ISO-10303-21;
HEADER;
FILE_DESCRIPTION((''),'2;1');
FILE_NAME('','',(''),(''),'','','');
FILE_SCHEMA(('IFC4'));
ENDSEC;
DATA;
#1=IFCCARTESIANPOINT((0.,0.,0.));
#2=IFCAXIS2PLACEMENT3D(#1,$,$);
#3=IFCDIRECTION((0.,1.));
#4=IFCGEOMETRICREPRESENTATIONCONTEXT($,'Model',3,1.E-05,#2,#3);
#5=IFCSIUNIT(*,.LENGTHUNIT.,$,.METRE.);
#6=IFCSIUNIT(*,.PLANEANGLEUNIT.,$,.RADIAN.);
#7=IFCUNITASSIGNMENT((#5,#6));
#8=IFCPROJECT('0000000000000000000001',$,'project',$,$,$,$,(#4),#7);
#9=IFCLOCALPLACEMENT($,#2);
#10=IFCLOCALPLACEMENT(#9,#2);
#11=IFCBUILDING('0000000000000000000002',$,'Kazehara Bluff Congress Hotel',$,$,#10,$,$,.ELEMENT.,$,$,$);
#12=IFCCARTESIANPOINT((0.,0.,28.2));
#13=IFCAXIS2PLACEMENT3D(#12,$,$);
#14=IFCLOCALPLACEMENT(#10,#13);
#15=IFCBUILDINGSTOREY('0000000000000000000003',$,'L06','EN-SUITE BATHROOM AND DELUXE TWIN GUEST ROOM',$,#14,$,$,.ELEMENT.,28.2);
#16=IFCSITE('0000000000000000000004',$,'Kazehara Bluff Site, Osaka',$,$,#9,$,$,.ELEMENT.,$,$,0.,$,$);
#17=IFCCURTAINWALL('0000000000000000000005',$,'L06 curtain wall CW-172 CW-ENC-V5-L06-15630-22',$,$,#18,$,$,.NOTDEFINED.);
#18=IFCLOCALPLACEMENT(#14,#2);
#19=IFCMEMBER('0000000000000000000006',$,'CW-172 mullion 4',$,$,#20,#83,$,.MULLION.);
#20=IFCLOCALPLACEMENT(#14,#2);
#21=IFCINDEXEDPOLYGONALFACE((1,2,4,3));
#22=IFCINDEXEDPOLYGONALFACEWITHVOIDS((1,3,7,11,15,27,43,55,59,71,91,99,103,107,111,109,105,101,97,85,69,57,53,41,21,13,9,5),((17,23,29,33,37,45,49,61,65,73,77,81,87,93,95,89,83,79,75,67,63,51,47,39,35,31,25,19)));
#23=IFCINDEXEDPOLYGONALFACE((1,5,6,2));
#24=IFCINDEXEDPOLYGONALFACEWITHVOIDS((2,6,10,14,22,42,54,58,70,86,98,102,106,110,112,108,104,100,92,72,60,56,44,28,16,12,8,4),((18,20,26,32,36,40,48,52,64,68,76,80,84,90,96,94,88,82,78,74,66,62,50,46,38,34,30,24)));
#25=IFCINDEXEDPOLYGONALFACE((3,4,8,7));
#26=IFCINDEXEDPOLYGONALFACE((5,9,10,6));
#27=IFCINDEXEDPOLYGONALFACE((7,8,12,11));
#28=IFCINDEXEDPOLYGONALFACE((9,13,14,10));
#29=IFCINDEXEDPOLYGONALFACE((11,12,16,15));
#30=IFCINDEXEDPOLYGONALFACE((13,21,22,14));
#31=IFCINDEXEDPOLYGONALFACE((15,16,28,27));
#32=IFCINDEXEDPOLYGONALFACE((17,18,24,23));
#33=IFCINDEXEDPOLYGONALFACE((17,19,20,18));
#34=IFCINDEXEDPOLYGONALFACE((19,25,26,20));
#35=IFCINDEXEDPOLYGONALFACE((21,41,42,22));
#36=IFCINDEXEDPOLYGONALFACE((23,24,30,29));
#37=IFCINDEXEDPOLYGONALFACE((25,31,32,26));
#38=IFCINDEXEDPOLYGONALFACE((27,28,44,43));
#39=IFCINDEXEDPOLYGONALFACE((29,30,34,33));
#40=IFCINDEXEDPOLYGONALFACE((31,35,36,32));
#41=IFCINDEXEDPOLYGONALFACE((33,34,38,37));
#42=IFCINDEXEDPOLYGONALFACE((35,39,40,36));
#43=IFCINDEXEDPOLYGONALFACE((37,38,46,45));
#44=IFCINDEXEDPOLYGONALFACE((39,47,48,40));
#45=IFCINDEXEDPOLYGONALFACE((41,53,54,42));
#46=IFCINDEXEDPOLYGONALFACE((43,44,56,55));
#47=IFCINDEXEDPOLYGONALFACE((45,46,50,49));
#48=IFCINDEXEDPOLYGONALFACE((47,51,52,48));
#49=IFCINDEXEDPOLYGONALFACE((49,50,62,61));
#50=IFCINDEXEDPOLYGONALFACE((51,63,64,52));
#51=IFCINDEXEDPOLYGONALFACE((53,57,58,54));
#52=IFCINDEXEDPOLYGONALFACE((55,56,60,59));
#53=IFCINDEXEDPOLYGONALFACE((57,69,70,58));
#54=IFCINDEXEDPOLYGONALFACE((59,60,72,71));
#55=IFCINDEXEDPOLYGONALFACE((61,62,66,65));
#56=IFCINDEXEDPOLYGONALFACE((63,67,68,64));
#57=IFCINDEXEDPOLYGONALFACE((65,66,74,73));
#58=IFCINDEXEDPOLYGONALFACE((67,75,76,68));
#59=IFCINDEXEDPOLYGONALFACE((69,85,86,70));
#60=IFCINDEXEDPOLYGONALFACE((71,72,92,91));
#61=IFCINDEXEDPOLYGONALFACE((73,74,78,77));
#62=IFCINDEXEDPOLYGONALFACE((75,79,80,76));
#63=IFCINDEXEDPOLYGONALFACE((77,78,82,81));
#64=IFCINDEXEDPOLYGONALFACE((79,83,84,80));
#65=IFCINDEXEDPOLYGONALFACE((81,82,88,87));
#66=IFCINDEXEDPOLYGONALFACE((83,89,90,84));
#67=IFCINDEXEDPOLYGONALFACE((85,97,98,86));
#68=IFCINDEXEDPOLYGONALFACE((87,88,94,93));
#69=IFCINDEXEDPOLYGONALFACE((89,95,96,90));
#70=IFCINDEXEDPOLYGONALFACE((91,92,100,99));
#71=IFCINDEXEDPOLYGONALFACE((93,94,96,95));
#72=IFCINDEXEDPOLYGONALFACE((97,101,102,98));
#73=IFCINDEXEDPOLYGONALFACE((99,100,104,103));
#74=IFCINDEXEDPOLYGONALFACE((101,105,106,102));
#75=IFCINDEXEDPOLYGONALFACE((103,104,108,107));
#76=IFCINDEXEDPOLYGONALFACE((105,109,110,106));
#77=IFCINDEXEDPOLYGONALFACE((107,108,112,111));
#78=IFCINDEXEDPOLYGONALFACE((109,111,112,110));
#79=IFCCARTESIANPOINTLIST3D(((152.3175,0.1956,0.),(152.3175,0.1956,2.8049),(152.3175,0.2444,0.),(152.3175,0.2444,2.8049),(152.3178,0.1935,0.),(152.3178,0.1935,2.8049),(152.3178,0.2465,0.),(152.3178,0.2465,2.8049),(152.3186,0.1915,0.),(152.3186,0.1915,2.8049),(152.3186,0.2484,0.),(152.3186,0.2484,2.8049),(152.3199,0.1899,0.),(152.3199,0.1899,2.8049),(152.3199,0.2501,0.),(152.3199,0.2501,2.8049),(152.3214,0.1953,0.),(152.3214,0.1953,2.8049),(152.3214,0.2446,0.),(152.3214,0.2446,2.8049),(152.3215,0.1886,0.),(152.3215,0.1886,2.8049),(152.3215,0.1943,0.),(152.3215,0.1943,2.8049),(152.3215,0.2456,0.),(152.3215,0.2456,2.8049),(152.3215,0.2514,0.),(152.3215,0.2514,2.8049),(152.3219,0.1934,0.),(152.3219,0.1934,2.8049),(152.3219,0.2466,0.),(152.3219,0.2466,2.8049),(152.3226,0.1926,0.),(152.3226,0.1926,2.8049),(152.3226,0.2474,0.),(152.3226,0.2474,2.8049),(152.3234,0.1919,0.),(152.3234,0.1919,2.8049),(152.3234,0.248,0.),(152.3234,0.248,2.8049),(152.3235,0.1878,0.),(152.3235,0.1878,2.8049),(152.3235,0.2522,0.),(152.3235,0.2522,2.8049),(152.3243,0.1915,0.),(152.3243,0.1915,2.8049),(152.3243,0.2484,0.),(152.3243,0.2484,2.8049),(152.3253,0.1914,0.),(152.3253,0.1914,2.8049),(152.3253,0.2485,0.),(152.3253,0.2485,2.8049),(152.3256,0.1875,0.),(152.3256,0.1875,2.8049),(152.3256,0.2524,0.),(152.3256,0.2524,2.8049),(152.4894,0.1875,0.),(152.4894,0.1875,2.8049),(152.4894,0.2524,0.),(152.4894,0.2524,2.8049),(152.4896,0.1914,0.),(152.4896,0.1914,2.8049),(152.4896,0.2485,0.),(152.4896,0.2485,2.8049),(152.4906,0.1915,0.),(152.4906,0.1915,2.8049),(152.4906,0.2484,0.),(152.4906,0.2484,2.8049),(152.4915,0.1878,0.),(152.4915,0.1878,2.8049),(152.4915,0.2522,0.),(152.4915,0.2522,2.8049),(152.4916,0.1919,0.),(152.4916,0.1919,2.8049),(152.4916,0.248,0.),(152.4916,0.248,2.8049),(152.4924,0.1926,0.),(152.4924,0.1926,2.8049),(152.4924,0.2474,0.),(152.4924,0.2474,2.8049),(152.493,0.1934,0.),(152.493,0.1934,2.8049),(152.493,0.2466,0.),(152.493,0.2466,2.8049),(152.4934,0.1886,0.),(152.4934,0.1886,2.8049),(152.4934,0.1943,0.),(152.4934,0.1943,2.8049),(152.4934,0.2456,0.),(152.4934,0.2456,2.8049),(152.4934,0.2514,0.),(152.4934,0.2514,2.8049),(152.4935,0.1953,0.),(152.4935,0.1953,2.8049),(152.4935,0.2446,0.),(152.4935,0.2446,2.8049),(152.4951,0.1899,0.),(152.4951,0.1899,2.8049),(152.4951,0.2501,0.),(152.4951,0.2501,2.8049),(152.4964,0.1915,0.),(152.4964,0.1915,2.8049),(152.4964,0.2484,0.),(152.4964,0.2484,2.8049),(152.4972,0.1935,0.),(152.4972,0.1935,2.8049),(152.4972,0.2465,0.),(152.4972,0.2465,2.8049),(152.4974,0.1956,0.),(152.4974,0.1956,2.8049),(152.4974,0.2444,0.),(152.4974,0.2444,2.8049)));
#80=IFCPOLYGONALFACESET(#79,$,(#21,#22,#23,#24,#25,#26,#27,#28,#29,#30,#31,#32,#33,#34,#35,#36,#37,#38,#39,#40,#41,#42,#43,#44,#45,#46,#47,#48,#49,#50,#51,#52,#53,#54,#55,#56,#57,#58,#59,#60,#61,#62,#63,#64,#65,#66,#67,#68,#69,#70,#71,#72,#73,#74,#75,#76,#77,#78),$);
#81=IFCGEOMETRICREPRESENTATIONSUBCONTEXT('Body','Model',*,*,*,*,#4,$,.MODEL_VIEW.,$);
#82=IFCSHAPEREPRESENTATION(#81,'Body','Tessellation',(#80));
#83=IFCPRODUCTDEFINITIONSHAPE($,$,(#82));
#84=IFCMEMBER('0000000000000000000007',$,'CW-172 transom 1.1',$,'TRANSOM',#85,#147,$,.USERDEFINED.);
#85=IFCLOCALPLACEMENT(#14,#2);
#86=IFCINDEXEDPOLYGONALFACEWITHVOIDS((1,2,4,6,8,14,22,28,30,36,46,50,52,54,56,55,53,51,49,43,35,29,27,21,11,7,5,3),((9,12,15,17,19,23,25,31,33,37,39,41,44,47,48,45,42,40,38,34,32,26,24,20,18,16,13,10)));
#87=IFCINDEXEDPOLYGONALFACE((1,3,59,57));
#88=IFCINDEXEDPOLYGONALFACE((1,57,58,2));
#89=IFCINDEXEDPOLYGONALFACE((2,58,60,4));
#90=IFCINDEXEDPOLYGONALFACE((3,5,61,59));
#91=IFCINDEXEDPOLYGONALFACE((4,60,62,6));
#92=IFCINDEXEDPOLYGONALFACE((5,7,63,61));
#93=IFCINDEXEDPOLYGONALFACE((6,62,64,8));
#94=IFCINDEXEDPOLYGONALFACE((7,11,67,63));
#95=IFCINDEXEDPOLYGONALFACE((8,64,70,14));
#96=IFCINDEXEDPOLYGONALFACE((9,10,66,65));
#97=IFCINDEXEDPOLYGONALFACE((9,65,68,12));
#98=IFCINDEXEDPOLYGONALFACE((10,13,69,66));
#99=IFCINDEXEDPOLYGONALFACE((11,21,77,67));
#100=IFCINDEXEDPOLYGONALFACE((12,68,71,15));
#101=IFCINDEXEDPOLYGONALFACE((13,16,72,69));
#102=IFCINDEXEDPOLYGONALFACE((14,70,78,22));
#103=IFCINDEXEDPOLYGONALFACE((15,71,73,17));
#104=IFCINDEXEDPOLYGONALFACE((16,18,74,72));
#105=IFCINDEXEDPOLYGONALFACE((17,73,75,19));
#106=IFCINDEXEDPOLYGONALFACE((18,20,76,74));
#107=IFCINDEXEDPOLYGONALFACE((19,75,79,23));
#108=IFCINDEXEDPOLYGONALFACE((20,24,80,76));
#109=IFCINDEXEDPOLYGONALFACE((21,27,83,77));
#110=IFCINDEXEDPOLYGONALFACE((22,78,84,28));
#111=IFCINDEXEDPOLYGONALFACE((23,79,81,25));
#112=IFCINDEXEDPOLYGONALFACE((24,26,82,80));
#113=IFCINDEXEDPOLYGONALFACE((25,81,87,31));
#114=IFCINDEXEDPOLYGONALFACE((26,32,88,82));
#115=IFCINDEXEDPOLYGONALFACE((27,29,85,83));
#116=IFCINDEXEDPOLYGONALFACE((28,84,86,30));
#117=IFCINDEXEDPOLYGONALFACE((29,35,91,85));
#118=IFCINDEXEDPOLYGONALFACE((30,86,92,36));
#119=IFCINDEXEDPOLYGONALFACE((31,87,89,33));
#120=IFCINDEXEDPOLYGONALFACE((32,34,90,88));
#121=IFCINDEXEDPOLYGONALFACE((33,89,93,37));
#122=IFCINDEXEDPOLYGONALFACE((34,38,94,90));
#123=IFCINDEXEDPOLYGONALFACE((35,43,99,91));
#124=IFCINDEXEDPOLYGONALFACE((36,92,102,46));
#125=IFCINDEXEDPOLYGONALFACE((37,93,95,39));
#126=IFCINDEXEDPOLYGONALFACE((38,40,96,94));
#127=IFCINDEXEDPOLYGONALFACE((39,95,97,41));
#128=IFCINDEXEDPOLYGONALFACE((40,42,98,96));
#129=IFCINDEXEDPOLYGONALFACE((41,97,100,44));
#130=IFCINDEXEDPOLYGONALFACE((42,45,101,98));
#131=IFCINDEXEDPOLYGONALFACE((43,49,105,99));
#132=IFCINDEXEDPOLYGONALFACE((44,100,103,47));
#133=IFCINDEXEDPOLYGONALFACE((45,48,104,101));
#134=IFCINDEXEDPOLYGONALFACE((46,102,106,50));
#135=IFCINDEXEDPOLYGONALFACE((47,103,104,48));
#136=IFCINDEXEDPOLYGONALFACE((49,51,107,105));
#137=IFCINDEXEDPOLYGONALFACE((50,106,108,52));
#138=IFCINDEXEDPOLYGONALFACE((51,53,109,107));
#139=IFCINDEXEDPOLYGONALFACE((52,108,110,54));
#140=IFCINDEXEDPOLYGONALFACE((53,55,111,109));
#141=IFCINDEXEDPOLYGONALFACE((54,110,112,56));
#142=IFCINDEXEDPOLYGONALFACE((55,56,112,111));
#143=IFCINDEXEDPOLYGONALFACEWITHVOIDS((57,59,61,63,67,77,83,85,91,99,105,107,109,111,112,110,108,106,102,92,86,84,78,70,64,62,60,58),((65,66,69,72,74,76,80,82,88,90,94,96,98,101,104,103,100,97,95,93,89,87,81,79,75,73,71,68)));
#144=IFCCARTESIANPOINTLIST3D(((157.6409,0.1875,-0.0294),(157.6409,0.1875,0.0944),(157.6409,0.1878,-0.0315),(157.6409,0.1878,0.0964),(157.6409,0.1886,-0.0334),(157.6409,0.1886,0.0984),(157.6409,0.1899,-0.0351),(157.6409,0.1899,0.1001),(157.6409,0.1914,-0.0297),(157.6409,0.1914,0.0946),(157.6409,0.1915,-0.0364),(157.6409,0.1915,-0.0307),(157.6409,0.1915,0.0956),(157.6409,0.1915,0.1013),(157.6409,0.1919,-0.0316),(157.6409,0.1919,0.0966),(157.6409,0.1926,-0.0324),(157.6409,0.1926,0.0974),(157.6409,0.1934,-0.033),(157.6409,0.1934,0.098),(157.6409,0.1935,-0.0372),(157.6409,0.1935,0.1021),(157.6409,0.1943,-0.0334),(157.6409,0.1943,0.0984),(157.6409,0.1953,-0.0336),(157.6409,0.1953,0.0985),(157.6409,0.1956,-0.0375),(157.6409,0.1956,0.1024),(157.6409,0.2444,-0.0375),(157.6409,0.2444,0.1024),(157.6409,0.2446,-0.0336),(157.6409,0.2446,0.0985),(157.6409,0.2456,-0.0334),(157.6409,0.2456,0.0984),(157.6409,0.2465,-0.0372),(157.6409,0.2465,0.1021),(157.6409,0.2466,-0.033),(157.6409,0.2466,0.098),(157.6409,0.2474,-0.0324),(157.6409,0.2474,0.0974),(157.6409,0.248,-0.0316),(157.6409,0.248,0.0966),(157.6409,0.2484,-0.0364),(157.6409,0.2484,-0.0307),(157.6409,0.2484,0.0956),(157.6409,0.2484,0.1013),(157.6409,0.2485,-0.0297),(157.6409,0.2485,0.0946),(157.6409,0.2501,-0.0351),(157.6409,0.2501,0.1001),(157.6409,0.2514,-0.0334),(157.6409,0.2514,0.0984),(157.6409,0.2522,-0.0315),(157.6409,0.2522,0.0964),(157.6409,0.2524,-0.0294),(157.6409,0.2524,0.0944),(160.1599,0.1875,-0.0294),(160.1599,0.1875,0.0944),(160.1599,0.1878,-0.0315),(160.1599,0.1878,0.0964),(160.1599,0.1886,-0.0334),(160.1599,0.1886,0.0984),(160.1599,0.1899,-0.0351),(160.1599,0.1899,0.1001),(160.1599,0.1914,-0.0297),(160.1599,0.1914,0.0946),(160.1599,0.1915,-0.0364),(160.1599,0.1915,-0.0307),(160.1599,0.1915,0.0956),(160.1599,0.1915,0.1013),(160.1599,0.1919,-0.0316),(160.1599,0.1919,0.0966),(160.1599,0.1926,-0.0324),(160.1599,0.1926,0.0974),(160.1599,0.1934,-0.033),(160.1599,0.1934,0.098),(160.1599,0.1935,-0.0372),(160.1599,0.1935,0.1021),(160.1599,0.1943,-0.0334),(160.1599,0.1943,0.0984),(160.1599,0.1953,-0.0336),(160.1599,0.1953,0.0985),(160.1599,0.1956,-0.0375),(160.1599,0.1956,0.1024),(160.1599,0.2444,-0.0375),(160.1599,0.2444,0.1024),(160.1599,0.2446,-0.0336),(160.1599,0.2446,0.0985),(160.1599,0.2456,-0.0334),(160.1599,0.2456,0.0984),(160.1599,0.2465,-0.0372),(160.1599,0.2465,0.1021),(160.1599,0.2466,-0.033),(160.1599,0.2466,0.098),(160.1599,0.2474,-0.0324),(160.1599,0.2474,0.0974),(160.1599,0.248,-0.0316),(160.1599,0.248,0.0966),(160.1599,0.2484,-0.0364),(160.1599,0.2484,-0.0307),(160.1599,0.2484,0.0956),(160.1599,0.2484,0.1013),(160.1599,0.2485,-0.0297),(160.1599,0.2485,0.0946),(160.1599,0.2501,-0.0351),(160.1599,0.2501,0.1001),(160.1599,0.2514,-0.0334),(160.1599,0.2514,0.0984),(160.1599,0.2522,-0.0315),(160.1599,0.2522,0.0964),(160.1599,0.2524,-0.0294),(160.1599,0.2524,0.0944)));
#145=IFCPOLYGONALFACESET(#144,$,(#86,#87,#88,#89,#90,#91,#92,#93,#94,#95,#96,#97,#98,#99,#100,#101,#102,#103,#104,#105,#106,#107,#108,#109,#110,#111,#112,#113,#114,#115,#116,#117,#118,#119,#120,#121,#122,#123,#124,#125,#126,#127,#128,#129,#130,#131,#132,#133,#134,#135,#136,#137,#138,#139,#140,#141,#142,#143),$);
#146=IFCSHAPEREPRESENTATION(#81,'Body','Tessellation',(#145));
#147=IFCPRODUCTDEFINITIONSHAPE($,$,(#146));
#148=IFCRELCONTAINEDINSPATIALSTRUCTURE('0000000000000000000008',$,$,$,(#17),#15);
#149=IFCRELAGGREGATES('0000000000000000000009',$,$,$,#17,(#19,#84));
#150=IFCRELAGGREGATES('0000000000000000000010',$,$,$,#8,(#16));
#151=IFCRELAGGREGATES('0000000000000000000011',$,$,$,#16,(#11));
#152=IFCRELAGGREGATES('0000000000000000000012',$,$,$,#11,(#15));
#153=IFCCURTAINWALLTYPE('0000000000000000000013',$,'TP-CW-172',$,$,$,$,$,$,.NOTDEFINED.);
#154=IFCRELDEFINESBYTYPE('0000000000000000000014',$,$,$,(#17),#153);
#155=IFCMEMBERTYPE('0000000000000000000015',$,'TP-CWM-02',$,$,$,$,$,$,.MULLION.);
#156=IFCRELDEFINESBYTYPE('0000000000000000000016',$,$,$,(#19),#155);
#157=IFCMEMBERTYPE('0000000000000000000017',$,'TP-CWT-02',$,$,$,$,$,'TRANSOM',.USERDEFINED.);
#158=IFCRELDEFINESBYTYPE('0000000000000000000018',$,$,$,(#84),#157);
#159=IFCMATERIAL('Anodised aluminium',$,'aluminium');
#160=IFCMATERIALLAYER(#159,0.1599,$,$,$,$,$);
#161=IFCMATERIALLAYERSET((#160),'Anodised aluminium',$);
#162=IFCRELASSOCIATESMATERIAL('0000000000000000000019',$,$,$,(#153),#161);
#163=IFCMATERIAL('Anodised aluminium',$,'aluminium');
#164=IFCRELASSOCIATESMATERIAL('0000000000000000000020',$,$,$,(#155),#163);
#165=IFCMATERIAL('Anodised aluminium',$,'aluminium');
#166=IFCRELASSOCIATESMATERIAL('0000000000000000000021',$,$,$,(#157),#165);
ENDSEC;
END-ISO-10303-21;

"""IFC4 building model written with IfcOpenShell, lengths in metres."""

from ifc_helpers import new_model, si_unit, direction, frame, origin, origin_2d, place, context, subcontext, project, spatial, hollow_rectangle, extrude, material, layer, layer_set, material_profile, profile_set, type_object, element, aggregate, save


model = new_model("IFC4")

# Units and contexts
model_context = context("Model", 3, precision=1e-05, world=origin(), true_north=direction((0.0, 1.0)))
body_context = subcontext(model_context, "Body", "Model", "MODEL_VIEW")
ifc_project = project(units=[si_unit("LENGTHUNIT", "METRE"), si_unit("PLANEANGLEUNIT", "RADIAN")], contexts=[model_context])

# Site, building, storey
site_placement = place(None, origin())
site = spatial("IfcSite", under=ifc_project, at=site_placement, Name="Kazehara Bluff Site, Osaka", CompositionType="ELEMENT", RefElevation=0.0)
building_placement = place(site_placement, origin())
building = spatial("IfcBuilding", under=site, at=building_placement, Name="Kazehara Bluff Congress Hotel", CompositionType="ELEMENT")
storey_placement = place(building_placement, frame((0.0, 0.0, 28.2)))
storey = spatial("IfcBuildingStorey", under=building, at=storey_placement, Name="L06", Description="EN-SUITE BATHROOM AND DELUXE TWIN GUEST ROOM", CompositionType="ELEMENT", Elevation=28.2)

# Curtain wall, members
ifc_material_1 = material(Name="Anodised aluminium", Category="aluminium")
ifc_layer_1 = layer(ifc_material_1, 0.1599)
ifc_layer_set_1 = layer_set([ifc_layer_1], Name="Anodised aluminium")
curtain_wall_type = type_object("IfcCurtainWallType", Name="TP-CW-172", PredefinedType="NOTDEFINED", material=ifc_layer_set_1)
curtain_wall_placement = place(storey_placement, origin())
curtain_wall = element("IfcCurtainWall", 1, at=curtain_wall_placement, inside=storey, type_object=curtain_wall_type, Name="L06 curtain wall CW-172 CW-ENC-V5-L06-15630-22", PredefinedType="NOTDEFINED")
ifc_material_2 = material(Name="Anodised aluminium", Category="aluminium")
ifc_material_profile_1 = material_profile(ifc_material_2, hollow_rectangle(XDim=0.0649, YDim=0.1799, WallThickness=0.0039, InnerFilletRadius=0.0039, OuterFilletRadius=0.0081, at=origin_2d()))
ifc_profile_set_1 = profile_set([ifc_material_profile_1], Name="Anodised aluminium")
member_type_1 = type_object("IfcMemberType", Name="TP-CWM-02", PredefinedType="MULLION", material=ifc_profile_set_1)
member_1_placement = place(storey_placement, frame((152.4075, 0.22, 0.0), z_axis=(0.0, 0.0, 1.0), x_axis=(0.0, -1.0, 0.0)))
member_1 = element("IfcMember", 2, at=member_1_placement, type_object=member_type_1, Name="CW-172 mullion 4", PredefinedType="MULLION", context=body_context, shape_type="SweptSolid", body=[
    extrude(hollow_rectangle(XDim=0.0649, YDim=0.1799, WallThickness=0.0039, InnerFilletRadius=0.0039, OuterFilletRadius=0.0081, at=origin_2d()), origin(), (0.0, 0.0, 1.0), 2.8049),
])
ifc_material_3 = material(Name="Anodised aluminium", Category="aluminium")
ifc_material_profile_2 = material_profile(ifc_material_3, hollow_rectangle(XDim=0.0649, YDim=0.1399, WallThickness=0.0039, InnerFilletRadius=0.0039, OuterFilletRadius=0.0081, at=origin_2d()))
ifc_profile_set_2 = profile_set([ifc_material_profile_2], Name="Anodised aluminium")
member_type_2 = type_object("IfcMemberType", Name="TP-CWT-02", ElementType="TRANSOM", PredefinedType="USERDEFINED", material=ifc_profile_set_2)
member_2_placement = place(storey_placement, frame((160.1599, 0.22, 0.0325), z_axis=(-1.0, 0.0, 0.0), x_axis=(0.0, -1.0, 0.0)))
member_2 = element("IfcMember", 3, at=member_2_placement, type_object=member_type_2, Name="CW-172 transom 1.1", ObjectType="TRANSOM", PredefinedType="USERDEFINED", context=body_context, shape_type="SweptSolid", body=[
    extrude(hollow_rectangle(XDim=0.0649, YDim=0.1399, WallThickness=0.0039, InnerFilletRadius=0.0039, OuterFilletRadius=0.0081, at=origin_2d()), origin(), (0.0, 0.0, 1.0), 2.519),
])
aggregate(curtain_wall, [member_1, member_2])

save(model, "model.ifc")
